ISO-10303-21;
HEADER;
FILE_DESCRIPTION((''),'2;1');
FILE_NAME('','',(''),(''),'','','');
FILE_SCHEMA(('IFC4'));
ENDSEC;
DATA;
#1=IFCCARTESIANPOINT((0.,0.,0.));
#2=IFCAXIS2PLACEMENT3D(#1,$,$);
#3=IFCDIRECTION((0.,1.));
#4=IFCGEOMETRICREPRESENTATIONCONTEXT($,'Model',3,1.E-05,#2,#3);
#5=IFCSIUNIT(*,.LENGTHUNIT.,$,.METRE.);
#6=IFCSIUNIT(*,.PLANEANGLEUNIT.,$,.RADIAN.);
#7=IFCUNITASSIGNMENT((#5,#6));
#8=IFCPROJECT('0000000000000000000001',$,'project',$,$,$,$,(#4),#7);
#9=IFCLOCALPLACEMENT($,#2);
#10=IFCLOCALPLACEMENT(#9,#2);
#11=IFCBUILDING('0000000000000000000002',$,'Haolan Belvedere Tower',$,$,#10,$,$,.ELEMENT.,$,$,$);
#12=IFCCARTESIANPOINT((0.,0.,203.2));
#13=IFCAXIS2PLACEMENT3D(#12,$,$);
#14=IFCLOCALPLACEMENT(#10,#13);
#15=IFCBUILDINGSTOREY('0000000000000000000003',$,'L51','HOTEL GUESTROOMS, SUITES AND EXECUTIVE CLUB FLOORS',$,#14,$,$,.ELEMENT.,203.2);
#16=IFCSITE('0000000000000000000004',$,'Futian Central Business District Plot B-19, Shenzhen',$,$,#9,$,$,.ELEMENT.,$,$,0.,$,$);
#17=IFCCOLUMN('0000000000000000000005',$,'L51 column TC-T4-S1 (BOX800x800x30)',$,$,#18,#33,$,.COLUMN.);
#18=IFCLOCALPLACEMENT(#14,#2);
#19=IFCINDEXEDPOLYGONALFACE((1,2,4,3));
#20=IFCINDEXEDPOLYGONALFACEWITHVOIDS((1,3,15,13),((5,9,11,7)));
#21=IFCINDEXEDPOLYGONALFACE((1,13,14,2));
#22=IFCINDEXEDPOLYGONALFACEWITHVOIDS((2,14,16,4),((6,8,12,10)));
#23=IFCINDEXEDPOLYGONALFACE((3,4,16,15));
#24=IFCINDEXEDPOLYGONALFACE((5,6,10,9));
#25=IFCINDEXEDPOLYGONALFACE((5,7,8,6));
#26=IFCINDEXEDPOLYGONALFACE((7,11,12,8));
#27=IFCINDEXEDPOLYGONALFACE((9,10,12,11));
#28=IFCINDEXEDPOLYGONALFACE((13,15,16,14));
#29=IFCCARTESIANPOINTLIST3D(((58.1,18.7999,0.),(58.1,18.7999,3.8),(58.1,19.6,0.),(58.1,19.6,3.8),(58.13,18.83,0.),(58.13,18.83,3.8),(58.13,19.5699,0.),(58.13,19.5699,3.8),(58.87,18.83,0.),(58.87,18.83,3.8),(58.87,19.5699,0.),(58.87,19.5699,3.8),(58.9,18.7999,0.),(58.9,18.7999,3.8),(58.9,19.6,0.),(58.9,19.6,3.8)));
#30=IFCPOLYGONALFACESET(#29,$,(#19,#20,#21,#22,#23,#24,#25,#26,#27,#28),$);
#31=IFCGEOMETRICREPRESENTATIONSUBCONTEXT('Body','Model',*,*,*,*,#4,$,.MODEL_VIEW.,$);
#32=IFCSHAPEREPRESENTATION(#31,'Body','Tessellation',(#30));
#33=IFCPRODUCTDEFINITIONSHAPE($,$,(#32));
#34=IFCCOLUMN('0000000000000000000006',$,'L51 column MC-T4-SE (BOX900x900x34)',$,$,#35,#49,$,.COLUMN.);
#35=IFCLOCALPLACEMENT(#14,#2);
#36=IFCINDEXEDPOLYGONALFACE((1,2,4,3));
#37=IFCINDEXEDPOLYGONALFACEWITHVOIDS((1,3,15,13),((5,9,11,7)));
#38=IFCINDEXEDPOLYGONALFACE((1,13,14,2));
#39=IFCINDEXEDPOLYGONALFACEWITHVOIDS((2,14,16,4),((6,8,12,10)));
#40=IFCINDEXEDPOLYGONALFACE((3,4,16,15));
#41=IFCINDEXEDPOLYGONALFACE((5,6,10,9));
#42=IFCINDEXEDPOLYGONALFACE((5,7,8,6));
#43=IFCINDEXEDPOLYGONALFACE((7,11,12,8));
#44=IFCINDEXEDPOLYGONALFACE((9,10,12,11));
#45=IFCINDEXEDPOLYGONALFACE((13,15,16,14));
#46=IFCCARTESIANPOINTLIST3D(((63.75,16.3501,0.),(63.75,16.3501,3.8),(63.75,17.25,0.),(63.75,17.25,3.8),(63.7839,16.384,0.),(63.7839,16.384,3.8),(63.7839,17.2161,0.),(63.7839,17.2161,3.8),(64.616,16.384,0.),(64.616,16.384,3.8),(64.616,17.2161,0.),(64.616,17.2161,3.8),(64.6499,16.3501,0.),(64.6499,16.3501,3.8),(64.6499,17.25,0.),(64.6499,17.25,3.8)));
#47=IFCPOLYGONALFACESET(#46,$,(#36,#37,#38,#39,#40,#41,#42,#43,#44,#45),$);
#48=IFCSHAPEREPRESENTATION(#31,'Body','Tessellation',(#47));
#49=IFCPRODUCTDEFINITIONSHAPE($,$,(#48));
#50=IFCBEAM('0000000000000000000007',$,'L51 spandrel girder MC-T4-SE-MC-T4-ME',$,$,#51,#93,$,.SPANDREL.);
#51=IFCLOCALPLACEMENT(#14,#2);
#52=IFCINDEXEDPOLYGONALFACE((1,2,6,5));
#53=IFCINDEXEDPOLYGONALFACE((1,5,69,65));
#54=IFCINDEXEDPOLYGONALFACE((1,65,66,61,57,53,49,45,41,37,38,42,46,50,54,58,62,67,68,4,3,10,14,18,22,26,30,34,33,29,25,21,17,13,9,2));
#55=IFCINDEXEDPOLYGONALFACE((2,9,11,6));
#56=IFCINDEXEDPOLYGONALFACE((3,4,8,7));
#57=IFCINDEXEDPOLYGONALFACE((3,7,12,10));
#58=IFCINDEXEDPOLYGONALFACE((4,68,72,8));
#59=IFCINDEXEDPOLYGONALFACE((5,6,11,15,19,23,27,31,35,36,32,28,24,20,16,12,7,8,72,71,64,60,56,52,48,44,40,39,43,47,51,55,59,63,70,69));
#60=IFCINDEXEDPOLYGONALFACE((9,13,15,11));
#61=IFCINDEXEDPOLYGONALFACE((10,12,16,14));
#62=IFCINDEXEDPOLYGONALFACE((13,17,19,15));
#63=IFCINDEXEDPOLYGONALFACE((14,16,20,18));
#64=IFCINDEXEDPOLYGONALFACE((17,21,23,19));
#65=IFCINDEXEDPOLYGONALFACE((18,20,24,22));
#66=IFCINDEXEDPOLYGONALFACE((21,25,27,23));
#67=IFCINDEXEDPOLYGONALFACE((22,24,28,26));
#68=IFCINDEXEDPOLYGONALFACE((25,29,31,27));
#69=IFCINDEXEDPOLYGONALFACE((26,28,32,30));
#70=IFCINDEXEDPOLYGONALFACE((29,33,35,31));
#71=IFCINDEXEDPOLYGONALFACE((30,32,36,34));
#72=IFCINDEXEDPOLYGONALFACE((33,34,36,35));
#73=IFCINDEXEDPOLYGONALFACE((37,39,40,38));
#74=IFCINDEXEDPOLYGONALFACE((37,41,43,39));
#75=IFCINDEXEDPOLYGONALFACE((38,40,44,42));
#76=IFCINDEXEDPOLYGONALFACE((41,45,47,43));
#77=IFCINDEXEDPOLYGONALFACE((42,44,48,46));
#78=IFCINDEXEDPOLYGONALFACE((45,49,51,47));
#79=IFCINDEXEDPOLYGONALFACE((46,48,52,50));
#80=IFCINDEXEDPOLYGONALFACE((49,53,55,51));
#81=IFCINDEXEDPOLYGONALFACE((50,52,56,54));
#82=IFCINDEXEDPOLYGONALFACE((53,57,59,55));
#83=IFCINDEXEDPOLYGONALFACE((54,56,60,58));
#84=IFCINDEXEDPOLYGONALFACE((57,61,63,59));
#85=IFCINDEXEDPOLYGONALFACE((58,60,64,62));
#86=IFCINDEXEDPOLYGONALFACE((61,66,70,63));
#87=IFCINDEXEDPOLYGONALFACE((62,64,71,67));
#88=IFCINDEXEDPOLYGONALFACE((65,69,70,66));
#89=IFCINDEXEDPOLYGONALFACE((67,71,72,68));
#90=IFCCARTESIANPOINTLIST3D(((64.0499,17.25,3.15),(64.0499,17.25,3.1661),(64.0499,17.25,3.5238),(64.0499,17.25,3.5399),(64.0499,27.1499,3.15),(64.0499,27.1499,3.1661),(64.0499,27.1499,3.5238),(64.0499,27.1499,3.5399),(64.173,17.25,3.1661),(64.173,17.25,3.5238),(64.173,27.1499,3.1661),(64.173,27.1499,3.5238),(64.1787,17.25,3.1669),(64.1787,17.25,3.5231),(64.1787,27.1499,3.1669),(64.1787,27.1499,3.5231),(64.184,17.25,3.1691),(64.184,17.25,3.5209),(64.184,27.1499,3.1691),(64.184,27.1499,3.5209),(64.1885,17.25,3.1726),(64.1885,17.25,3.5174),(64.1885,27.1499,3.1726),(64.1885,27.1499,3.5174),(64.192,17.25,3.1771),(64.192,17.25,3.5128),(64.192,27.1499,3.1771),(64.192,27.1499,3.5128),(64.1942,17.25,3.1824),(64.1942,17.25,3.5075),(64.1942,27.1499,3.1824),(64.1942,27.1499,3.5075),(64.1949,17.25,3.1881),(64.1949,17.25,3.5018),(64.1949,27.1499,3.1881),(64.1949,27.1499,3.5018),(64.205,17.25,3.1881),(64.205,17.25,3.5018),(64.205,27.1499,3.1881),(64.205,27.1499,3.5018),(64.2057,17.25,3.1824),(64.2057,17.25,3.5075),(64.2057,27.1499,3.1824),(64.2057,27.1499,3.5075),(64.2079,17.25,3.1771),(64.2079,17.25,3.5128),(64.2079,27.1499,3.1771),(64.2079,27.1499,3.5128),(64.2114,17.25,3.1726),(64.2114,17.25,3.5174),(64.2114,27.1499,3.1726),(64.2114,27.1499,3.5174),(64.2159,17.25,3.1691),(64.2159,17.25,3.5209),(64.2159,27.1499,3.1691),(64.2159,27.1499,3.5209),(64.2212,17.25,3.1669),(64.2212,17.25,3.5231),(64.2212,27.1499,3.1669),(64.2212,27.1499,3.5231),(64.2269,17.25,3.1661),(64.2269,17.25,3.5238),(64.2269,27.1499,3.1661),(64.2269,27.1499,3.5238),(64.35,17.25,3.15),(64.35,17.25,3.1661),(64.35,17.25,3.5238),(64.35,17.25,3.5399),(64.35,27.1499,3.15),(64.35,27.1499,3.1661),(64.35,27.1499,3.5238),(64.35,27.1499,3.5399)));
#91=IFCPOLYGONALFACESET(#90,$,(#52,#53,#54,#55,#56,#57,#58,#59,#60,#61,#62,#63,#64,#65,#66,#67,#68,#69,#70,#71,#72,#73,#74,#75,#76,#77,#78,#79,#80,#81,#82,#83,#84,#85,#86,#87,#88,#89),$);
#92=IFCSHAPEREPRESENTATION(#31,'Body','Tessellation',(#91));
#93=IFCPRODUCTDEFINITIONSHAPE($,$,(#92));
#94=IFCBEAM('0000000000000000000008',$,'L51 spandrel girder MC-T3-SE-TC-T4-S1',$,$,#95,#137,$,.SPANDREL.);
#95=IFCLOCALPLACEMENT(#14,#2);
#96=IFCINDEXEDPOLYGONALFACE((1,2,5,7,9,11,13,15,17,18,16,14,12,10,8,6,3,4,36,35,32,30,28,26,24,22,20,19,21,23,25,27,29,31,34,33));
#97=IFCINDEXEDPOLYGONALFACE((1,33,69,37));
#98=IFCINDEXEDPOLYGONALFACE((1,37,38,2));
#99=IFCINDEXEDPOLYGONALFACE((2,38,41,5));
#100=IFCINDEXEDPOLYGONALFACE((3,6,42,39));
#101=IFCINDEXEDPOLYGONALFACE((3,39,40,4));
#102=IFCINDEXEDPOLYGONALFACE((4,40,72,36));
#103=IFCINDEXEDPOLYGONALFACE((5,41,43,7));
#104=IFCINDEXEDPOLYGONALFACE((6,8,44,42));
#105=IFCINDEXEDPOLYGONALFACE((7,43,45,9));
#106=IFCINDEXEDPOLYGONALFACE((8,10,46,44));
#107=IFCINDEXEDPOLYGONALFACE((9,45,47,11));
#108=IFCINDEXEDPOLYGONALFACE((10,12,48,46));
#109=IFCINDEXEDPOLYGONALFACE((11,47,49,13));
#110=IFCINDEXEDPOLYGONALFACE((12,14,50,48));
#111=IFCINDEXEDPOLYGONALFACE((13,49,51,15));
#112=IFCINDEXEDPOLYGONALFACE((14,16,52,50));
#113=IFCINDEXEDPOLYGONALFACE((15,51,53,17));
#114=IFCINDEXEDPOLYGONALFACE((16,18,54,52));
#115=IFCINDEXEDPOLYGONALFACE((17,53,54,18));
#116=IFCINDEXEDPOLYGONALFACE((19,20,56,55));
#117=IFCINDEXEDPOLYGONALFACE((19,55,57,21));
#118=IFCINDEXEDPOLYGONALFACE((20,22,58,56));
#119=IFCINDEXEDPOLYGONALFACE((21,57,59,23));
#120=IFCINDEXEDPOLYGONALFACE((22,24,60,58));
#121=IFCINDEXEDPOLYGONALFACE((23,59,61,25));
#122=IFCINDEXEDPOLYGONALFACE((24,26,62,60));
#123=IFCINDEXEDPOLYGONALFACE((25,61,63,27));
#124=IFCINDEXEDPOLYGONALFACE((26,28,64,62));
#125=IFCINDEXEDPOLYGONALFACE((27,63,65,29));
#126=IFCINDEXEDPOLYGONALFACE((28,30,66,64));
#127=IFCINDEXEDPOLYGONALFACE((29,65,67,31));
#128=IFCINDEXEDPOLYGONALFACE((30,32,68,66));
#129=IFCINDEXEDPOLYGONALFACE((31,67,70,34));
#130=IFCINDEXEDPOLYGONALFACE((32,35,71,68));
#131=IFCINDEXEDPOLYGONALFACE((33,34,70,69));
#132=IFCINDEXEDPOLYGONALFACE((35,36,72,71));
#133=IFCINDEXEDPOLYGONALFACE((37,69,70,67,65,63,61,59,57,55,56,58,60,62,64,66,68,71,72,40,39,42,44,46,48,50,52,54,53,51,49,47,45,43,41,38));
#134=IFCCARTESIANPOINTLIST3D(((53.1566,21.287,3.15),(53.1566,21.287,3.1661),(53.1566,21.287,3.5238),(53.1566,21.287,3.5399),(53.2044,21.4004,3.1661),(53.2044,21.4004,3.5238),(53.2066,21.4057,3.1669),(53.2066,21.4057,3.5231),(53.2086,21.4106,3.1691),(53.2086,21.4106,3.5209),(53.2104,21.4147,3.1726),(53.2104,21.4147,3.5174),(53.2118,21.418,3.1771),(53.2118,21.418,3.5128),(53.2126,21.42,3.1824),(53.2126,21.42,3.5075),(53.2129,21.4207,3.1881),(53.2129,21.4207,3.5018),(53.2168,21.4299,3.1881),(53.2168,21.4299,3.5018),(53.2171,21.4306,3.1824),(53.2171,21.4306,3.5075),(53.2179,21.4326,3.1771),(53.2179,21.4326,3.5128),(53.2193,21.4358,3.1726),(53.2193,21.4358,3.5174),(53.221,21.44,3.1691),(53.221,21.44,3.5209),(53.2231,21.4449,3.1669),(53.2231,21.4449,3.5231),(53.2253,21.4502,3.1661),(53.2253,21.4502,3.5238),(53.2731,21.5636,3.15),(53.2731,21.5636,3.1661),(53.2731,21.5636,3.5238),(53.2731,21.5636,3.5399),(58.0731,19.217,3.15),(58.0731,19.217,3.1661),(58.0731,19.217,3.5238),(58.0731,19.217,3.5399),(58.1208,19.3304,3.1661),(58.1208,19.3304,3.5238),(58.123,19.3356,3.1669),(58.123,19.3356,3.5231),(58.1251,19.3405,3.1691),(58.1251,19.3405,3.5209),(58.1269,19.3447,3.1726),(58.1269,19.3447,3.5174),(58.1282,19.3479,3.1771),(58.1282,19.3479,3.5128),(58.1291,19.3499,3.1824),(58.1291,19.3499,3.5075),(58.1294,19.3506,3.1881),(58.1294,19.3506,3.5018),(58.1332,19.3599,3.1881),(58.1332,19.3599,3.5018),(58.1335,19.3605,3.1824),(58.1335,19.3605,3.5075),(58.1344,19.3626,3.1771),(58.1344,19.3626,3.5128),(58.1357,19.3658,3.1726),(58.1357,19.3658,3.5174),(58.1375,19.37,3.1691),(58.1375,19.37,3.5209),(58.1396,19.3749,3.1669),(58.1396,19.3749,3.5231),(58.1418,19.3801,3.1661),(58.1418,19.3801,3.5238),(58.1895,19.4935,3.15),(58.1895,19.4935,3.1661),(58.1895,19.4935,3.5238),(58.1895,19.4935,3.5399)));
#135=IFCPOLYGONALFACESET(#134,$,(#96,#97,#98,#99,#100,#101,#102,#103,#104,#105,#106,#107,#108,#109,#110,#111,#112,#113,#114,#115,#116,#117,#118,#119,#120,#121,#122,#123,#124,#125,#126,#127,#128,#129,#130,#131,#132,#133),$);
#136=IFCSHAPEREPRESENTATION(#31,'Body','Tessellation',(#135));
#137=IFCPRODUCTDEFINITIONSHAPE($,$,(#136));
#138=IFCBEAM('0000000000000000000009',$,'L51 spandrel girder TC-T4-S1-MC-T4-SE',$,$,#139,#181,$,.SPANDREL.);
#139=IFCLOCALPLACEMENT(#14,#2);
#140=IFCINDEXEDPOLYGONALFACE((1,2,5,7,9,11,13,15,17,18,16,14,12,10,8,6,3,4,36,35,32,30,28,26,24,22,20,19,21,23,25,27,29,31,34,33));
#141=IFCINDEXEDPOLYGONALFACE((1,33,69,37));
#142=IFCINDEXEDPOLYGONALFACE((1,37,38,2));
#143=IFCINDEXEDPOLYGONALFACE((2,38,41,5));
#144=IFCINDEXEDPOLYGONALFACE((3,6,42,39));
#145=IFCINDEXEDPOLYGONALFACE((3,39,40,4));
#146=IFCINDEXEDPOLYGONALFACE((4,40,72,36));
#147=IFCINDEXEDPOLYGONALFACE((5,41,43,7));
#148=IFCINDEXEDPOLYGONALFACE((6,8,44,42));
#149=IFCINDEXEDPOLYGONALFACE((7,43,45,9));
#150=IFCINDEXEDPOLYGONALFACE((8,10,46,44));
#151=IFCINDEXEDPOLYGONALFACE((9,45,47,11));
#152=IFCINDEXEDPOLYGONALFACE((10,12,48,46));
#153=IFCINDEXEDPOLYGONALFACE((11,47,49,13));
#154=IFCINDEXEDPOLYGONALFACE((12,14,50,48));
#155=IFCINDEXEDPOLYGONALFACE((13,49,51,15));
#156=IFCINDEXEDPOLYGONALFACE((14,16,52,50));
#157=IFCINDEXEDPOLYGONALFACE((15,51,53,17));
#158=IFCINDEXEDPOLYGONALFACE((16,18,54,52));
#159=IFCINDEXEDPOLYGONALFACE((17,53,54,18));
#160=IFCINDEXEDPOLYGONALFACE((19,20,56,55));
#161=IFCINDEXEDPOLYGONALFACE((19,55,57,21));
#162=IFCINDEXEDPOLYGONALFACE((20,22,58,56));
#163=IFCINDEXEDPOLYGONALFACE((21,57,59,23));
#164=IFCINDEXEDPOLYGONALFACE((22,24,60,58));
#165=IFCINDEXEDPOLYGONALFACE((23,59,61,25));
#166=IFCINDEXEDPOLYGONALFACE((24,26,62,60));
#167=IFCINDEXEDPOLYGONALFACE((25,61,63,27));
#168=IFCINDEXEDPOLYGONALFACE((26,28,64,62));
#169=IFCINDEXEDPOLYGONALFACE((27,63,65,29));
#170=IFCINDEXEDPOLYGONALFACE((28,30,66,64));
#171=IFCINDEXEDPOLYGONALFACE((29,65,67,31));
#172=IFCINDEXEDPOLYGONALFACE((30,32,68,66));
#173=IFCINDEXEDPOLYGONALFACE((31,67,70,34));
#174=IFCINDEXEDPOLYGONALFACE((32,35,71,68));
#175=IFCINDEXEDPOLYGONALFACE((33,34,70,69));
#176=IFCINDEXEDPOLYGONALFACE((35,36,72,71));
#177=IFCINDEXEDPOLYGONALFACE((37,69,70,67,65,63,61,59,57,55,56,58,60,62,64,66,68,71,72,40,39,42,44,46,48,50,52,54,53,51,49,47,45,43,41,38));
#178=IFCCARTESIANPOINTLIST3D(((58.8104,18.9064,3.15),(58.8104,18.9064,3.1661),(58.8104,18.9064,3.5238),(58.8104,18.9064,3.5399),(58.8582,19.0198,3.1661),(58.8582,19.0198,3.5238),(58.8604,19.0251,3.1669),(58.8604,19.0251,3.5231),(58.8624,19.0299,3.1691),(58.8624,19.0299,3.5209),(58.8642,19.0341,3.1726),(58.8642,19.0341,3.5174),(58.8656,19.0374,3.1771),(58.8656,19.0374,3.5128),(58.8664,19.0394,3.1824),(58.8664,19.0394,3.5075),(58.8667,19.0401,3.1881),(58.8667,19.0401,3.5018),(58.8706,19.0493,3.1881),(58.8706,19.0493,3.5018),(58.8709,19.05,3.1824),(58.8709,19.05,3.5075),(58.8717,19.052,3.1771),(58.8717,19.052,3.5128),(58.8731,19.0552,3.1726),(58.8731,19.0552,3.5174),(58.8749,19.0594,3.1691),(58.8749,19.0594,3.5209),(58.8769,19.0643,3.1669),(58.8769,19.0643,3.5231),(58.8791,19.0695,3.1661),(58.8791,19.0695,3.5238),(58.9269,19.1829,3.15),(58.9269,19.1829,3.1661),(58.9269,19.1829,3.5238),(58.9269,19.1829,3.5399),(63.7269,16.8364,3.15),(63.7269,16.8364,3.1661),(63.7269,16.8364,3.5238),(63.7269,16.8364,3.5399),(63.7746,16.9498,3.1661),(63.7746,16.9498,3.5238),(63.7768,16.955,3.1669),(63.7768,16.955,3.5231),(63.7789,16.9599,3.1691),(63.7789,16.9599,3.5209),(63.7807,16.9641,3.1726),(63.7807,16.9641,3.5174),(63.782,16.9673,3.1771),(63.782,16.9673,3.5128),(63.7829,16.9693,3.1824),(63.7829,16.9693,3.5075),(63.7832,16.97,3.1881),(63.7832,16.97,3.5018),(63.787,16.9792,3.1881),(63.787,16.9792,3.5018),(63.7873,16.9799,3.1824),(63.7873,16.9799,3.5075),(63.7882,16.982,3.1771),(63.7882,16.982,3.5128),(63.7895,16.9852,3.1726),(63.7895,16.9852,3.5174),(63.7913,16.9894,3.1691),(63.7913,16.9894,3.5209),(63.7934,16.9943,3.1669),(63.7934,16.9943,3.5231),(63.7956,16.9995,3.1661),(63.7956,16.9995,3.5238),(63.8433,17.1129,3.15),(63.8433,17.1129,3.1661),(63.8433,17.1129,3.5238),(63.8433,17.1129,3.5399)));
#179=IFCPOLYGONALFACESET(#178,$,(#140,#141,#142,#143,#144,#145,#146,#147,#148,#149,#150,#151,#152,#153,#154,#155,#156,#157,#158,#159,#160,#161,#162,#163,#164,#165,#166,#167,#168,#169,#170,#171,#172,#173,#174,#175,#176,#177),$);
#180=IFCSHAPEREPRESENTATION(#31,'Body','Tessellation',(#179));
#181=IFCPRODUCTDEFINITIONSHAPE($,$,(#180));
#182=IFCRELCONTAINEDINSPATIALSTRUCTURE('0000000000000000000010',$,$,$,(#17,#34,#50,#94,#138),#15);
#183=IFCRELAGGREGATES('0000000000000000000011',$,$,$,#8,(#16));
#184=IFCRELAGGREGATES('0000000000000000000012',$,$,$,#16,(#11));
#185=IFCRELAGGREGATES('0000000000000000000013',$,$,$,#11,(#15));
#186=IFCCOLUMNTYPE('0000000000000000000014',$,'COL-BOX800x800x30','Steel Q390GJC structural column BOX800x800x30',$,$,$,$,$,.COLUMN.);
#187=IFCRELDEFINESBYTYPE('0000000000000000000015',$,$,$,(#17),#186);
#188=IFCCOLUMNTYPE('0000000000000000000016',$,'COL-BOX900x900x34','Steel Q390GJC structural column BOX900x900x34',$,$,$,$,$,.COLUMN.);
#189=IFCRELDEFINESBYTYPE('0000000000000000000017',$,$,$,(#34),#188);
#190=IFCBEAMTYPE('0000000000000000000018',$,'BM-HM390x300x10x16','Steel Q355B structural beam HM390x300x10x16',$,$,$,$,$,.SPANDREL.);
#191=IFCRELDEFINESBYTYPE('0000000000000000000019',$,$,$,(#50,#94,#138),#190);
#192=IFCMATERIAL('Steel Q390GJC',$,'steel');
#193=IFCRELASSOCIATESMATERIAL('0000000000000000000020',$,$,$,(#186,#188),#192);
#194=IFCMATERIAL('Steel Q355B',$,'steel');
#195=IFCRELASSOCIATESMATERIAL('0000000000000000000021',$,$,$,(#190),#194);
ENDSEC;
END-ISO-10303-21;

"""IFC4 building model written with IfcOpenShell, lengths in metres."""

from ifc_helpers import new_model, si_unit, direction, frame, origin, origin_2d, place, context, subcontext, project, spatial, hollow_rectangle, i_section, extrude, material, material_profile, profile_set, type_object, element, save


model = new_model("IFC4")

# Units and contexts
model_context = context("Model", 3, precision=1e-05, world=origin(), true_north=direction((0.0, 1.0)))
body_context = subcontext(model_context, "Body", "Model", "MODEL_VIEW")
ifc_project = project(units=[si_unit("LENGTHUNIT", "METRE"), si_unit("PLANEANGLEUNIT", "RADIAN")], contexts=[model_context])

# Site, building, storey
site_placement = place(None, origin())
site = spatial("IfcSite", under=ifc_project, at=site_placement, Name="Futian Central Business District Plot B-19, Shenzhen", CompositionType="ELEMENT", RefElevation=0.0)
building_placement = place(site_placement, origin())
building = spatial("IfcBuilding", under=site, at=building_placement, Name="Haolan Belvedere Tower", CompositionType="ELEMENT")
storey_placement = place(building_placement, frame((0.0, 0.0, 203.2)))
storey = spatial("IfcBuildingStorey", under=building, at=storey_placement, Name="L51", Description="HOTEL GUESTROOMS, SUITES AND EXECUTIVE CLUB FLOORS", CompositionType="ELEMENT", Elevation=203.2)

# Columns
ifc_material_1 = material(Name="Steel Q390GJC", Category="steel")
ifc_material_profile_1 = material_profile(ifc_material_1, hollow_rectangle(XDim=0.8, YDim=0.8, WallThickness=0.03, at=origin_2d()), Name="Steel Q390GJC")
ifc_profile_set_1 = profile_set([ifc_material_profile_1], Name="Steel Q390GJC")
column_type_1 = type_object("IfcColumnType", Name="COL-BOX800x800x30", Description="Steel Q390GJC structural column BOX800x800x30", PredefinedType="COLUMN", material=ifc_profile_set_1)
column_1_placement = place(storey_placement, frame((58.5, 19.2, 0.0), z_axis=(0.0, 0.0, 1.0), x_axis=(1.0, 0.0, 0.0)))
element("IfcColumn", 1, at=column_1_placement, inside=storey, type_object=column_type_1, Name="L51 column TC-T4-S1 (BOX800x800x30)", PredefinedType="COLUMN", context=body_context, shape_type="SweptSolid", body=[
    extrude(hollow_rectangle(XDim=0.8, YDim=0.8, WallThickness=0.03, at=origin_2d()), origin(), (0.0, 0.0, 1.0), 3.8),
])
ifc_material_profile_2 = material_profile(ifc_material_1, hollow_rectangle(XDim=0.8999, YDim=0.8999, WallThickness=0.0339, at=origin_2d()), Name="Steel Q390GJC")
ifc_profile_set_2 = profile_set([ifc_material_profile_2], Name="Steel Q390GJC")
column_type_2 = type_object("IfcColumnType", Name="COL-BOX900x900x34", Description="Steel Q390GJC structural column BOX900x900x34", PredefinedType="COLUMN", material=ifc_profile_set_2)
column_2_placement = place(storey_placement, frame((64.2, 16.8, 0.0), z_axis=(0.0, 0.0, 1.0), x_axis=(1.0, 0.0, 0.0)))
element("IfcColumn", 2, at=column_2_placement, inside=storey, type_object=column_type_2, Name="L51 column MC-T4-SE (BOX900x900x34)", PredefinedType="COLUMN", context=body_context, shape_type="SweptSolid", body=[
    extrude(hollow_rectangle(XDim=0.8999, YDim=0.8999, WallThickness=0.0339, at=origin_2d()), origin(), (0.0, 0.0, 1.0), 3.8),
])

# Beams
ifc_material_2 = material(Name="Steel Q355B", Category="steel")
ifc_material_profile_3 = material_profile(ifc_material_2, i_section(OverallWidth=0.3, OverallDepth=0.3899, WebThickness=0.01, FlangeThickness=0.0161, FilletRadius=0.022, at=origin_2d()), Name="Steel Q355B")
ifc_profile_set_3 = profile_set([ifc_material_profile_3], Name="Steel Q355B")
beam_type_1 = type_object("IfcBeamType", Name="BM-HM390x300x10x16", Description="Steel Q355B structural beam HM390x300x10x16", PredefinedType="SPANDREL", material=ifc_profile_set_3)
beam_1_placement = place(storey_placement, frame((64.2, 17.25, 3.345), z_axis=(0.0, 1.0, 0.0), x_axis=(-1.0, 0.0, 0.0)))
element("IfcBeam", 3, at=beam_1_placement, inside=storey, type_object=beam_type_1, Name="L51 spandrel girder MC-T4-SE-MC-T4-ME", PredefinedType="SPANDREL", context=body_context, shape_type="SweptSolid", body=[
    extrude(i_section(OverallWidth=0.3, OverallDepth=0.3899, WebThickness=0.01, FlangeThickness=0.0161, FilletRadius=0.022, at=origin_2d()), origin(), (0.0, 0.0, 1.0), 9.8999),
])
for number, where, z_axis, x_axis, name in (
    (4, (53.2148, 21.4253, 3.345), (0.921638, -0.388051, 0.0), (0.388051, 0.921638, 0.0), "L51 spandrel girder MC-T3-SE-TC-T4-S1"),
    (5, (58.8687, 19.0447, 3.345), (0.921638, -0.388051, 0.0), (0.388051, 0.921638, 0.0), "L51 spandrel girder TC-T4-S1-MC-T4-SE"),
):
    element("IfcBeam", number, at=place(storey_placement, frame(where, z_axis=z_axis, x_axis=x_axis)), inside=storey, type_object=beam_type_1, Name=name, PredefinedType="SPANDREL", context=body_context, shape_type="SweptSolid", body=[
        extrude(i_section(OverallWidth=0.3, OverallDepth=0.3899, WebThickness=0.01, FlangeThickness=0.0161, FilletRadius=0.022, at=origin_2d()), origin(), (0.0, 0.0, 1.0), 5.3345),
    ])

save(model, "model.ifc")
